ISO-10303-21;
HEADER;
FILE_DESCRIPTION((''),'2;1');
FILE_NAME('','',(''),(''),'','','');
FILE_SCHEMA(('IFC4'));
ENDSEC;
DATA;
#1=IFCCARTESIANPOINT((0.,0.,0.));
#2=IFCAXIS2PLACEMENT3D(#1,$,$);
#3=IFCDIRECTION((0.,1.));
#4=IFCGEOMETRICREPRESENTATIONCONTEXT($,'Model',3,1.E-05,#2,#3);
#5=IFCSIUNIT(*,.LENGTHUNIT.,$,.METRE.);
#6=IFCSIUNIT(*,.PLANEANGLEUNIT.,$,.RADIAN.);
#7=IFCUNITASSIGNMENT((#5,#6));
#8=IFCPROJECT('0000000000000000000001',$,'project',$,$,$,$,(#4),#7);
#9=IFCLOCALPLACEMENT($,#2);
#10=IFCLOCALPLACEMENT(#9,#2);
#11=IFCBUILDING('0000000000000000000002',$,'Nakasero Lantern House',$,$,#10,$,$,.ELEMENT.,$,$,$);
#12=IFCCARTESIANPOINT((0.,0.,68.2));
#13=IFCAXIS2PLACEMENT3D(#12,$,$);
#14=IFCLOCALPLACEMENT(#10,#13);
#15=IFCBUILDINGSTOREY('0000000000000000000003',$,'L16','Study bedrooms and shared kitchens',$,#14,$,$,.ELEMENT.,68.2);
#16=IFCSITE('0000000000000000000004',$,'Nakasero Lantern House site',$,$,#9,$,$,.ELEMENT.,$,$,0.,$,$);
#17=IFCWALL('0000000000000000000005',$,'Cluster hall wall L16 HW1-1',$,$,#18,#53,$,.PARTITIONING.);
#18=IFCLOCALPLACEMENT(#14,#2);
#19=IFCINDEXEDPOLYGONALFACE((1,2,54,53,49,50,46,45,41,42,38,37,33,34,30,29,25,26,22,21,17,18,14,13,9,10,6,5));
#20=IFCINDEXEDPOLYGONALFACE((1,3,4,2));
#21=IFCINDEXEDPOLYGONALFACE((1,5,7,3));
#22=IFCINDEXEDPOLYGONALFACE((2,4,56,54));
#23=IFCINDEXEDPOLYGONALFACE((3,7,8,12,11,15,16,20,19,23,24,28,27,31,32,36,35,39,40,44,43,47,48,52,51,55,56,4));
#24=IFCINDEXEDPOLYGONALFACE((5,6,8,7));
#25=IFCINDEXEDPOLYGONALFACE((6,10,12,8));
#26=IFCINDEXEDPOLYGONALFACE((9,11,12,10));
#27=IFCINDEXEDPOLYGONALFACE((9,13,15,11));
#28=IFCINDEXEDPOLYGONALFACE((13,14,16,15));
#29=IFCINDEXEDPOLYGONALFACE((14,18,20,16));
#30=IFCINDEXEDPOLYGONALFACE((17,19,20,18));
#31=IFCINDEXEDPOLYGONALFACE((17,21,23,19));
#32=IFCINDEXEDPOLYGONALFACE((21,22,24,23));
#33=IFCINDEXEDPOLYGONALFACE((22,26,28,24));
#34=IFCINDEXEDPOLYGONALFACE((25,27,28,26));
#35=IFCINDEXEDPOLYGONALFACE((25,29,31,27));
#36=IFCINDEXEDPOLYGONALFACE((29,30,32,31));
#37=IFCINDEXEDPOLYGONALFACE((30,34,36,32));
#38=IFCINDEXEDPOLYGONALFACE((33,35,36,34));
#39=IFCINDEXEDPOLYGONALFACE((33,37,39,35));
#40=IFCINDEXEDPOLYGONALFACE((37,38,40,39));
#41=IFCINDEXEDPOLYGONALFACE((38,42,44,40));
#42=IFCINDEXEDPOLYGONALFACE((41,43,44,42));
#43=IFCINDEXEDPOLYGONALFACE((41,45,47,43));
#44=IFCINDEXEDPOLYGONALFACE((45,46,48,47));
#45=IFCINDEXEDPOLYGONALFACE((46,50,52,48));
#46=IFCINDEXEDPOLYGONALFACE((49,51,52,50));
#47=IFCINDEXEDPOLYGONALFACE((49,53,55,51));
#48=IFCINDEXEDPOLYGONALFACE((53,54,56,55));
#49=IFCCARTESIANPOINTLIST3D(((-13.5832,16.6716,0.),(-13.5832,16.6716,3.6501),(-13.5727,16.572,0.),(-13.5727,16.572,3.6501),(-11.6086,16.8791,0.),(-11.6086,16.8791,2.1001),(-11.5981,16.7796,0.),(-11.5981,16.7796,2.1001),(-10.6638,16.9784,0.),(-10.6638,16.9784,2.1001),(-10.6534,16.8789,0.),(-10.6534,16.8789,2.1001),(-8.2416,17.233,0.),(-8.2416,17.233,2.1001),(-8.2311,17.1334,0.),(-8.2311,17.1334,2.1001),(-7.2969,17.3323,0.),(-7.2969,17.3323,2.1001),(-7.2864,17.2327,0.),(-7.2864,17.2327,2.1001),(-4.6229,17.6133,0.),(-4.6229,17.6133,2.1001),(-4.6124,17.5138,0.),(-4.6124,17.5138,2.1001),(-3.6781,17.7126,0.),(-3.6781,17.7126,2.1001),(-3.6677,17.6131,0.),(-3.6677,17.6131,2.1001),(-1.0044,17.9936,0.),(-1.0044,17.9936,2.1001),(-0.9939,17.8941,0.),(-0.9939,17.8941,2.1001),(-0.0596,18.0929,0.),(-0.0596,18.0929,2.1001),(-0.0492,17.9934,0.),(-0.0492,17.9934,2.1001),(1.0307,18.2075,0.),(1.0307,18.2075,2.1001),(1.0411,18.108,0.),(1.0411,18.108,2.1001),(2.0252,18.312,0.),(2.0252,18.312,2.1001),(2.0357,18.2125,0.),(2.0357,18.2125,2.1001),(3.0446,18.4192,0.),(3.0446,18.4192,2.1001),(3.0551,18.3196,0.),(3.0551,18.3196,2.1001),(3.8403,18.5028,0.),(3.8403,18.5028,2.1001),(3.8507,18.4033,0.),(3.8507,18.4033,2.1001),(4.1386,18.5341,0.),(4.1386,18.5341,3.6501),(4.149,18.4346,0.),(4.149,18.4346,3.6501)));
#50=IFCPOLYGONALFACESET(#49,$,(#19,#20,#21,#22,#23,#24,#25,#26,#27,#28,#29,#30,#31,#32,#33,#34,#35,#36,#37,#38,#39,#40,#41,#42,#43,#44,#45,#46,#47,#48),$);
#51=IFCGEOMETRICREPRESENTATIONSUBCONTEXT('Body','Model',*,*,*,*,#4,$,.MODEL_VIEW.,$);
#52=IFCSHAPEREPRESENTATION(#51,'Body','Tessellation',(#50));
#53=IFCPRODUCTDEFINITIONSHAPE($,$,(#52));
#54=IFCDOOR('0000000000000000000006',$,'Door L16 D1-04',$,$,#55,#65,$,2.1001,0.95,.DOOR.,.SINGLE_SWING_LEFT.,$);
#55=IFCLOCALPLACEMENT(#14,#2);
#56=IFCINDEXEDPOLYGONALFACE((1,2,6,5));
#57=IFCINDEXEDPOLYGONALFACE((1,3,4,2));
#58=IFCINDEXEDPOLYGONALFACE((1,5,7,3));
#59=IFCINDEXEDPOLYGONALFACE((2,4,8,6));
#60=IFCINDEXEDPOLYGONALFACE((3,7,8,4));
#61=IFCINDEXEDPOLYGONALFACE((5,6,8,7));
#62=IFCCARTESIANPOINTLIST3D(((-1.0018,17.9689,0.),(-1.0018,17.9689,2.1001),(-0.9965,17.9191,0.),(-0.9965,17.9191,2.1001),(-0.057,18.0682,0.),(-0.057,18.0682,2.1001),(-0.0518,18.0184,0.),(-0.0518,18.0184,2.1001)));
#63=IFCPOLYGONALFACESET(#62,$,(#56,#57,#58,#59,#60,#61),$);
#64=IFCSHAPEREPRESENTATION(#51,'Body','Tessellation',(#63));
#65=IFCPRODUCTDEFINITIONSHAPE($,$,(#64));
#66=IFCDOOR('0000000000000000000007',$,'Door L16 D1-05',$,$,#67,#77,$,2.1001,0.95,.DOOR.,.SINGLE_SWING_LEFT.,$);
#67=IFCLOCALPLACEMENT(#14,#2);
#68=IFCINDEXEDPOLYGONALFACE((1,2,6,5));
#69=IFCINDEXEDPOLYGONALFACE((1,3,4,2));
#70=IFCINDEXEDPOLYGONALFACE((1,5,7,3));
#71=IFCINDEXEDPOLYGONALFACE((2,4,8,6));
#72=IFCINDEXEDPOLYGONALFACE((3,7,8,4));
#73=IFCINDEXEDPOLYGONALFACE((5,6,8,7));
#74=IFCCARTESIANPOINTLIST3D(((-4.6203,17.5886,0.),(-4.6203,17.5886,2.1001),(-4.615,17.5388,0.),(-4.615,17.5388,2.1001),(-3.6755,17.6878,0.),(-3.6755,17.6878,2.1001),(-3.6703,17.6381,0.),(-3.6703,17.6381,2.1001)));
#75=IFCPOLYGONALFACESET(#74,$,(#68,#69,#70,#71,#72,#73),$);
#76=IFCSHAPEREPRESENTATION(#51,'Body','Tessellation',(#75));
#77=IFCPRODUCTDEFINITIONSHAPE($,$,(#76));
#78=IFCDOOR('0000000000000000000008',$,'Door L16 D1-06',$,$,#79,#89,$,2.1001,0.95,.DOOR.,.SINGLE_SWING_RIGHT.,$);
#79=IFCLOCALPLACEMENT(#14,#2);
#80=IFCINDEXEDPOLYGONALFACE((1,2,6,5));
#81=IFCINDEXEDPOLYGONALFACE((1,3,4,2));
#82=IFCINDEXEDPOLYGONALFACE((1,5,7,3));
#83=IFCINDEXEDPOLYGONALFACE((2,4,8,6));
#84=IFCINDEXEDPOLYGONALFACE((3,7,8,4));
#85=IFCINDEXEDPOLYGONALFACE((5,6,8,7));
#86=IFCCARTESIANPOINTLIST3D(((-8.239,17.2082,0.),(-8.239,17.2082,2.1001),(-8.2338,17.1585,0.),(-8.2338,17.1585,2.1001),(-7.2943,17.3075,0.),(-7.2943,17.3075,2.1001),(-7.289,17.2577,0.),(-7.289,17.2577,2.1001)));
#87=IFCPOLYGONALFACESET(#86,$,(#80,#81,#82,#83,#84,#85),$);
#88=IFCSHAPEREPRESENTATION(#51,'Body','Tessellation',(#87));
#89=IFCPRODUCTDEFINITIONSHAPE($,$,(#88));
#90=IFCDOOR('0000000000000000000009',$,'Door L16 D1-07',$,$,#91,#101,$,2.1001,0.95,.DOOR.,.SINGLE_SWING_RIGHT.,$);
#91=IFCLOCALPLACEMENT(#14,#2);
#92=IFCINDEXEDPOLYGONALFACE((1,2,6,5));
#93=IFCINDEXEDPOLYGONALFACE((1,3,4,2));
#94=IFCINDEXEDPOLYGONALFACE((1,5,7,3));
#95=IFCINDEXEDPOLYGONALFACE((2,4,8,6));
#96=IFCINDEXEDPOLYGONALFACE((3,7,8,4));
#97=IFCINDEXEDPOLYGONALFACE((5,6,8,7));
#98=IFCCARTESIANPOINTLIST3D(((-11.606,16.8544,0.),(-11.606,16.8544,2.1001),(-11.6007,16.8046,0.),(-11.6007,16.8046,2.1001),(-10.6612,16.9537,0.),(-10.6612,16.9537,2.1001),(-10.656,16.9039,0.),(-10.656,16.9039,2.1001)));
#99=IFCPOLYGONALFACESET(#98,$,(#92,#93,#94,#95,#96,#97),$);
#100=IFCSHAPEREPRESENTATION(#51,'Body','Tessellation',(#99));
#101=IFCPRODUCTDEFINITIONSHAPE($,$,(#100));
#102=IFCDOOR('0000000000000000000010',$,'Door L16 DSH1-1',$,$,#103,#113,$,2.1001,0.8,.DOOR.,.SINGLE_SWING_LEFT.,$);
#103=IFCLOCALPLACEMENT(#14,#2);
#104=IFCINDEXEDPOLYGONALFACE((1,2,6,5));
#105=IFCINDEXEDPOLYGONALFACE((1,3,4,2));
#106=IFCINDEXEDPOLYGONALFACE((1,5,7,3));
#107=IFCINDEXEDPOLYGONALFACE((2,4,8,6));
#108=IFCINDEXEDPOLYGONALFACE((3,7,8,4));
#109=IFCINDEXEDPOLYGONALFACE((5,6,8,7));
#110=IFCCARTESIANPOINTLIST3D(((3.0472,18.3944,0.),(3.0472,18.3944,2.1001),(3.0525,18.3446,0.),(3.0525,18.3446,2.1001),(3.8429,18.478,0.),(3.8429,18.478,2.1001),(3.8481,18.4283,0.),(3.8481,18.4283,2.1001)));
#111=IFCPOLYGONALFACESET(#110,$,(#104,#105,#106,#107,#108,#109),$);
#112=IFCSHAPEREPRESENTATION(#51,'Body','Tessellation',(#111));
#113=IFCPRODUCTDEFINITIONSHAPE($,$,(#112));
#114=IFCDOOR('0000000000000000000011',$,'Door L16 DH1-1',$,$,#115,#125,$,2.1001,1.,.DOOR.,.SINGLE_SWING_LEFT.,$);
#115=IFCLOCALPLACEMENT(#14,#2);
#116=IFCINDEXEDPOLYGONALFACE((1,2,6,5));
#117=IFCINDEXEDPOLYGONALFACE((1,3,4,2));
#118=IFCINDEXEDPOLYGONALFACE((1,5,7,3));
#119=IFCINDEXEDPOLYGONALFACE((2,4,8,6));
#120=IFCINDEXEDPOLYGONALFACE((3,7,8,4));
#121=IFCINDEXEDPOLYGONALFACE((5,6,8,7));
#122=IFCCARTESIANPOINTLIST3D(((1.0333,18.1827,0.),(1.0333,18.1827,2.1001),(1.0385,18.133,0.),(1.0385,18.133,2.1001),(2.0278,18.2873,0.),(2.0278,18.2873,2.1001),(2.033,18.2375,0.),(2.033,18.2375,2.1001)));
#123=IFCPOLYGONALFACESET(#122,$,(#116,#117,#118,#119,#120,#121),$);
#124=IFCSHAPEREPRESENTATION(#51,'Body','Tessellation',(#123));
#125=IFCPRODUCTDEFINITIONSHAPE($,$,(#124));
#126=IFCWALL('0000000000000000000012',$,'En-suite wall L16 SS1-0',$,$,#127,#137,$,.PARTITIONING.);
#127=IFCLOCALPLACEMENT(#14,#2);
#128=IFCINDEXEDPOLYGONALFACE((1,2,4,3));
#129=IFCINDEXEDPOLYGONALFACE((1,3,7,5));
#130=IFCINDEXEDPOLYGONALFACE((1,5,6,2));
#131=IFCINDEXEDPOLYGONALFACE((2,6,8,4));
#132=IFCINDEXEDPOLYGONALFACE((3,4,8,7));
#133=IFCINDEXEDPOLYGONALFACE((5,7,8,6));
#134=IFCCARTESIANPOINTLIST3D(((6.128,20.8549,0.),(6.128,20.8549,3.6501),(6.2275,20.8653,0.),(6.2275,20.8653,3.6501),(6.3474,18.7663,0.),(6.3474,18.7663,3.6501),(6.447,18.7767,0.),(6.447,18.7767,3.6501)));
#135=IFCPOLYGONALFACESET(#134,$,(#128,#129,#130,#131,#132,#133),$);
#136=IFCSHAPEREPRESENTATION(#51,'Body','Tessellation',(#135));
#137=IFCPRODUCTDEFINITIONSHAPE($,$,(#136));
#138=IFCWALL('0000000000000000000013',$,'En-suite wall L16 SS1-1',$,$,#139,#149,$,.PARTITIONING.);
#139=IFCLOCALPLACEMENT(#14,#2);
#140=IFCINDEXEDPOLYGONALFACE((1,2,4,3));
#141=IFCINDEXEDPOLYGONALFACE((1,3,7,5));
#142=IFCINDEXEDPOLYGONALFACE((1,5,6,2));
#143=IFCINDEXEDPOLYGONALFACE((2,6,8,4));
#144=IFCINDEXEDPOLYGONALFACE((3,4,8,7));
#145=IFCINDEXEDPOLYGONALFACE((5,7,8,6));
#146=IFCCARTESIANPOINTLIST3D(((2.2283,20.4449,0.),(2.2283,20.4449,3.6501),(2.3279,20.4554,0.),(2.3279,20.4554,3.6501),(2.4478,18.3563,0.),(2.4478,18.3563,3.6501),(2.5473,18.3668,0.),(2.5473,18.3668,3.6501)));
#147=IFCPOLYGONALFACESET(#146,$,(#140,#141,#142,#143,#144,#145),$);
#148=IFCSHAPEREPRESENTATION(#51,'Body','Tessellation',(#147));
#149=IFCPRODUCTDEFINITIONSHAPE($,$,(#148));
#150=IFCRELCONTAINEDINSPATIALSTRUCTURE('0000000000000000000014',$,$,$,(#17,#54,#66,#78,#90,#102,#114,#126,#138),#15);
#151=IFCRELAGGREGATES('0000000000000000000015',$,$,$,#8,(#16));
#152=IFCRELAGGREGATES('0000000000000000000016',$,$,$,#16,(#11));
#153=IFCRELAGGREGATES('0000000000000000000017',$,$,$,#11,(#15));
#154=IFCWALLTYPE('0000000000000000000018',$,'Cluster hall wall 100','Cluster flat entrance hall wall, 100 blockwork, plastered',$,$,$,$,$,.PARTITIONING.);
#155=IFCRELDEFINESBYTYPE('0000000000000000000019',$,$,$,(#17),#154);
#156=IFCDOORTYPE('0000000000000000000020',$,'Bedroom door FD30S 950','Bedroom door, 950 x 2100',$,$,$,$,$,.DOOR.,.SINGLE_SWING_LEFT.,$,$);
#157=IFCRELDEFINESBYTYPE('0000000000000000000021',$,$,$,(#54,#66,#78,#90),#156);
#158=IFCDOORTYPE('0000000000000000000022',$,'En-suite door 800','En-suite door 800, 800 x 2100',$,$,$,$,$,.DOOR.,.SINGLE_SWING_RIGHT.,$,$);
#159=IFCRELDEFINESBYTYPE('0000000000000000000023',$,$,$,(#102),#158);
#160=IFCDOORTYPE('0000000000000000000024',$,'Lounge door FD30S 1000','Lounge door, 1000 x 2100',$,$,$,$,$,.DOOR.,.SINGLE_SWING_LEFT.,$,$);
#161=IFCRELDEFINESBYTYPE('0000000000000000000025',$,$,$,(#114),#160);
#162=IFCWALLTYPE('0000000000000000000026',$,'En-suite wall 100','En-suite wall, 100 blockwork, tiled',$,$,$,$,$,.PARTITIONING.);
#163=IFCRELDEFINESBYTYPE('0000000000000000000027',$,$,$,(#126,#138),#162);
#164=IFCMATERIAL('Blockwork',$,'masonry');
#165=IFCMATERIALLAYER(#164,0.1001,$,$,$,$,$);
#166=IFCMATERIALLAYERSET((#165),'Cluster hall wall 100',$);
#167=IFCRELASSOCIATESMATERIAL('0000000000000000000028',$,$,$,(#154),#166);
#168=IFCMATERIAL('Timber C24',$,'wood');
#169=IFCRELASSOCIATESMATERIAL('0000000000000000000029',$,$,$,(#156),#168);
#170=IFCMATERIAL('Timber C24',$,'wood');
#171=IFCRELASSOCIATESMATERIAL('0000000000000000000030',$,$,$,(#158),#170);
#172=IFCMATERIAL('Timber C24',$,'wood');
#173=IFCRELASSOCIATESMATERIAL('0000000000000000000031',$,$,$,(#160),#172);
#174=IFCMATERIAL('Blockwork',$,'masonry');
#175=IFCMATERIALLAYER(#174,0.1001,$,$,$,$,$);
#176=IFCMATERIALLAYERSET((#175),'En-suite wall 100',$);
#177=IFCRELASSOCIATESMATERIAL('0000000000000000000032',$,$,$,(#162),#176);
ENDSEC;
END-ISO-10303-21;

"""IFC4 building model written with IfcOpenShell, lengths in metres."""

from ifc_helpers import new_model, si_unit, direction, frame, frame_2d, origin, place, context, subcontext, project, spatial, rectangle, extrude, material, layer, layer_set, type_object, element, fill, save


model = new_model("IFC4")

# Units and contexts
model_context = context("Model", 3, precision=1e-05, world=origin(), true_north=direction((0.0, 1.0)))
body_context = subcontext(model_context, "Body", "Model", "MODEL_VIEW")
ifc_project = project(units=[si_unit("LENGTHUNIT", "METRE"), si_unit("PLANEANGLEUNIT", "RADIAN")], contexts=[model_context])

# Site, building, storey
site_placement = place(None, origin())
site = spatial("IfcSite", under=ifc_project, at=site_placement, Name="Nakasero Lantern House site", CompositionType="ELEMENT", RefElevation=0.0)
building_placement = place(site_placement, origin())
building = spatial("IfcBuilding", under=site, at=building_placement, Name="Nakasero Lantern House", CompositionType="ELEMENT")
storey_placement = place(building_placement, frame((0.0, 0.0, 68.2)))
storey = spatial("IfcBuildingStorey", under=building, at=storey_placement, Name="L16", Description="Study bedrooms and shared kitchens", CompositionType="ELEMENT", Elevation=68.2)

# Wall, openings, doors
ifc_material_1 = material(Name="Blockwork", Category="masonry")
ifc_layer_1 = layer(ifc_material_1, 0.1001)
ifc_layer_set_1 = layer_set([ifc_layer_1], Name="Cluster hall wall 100")
wall_type_1 = type_object("IfcWallType", Name="Cluster hall wall 100", Description="Cluster flat entrance hall wall, 100 blockwork, plastered", PredefinedType="PARTITIONING", material=ifc_layer_set_1)
wall_1_placement = place(storey_placement, frame((4.1438, 18.4844, 0.0), z_axis=(0.0, 0.0, 1.0), x_axis=(-0.994522, -0.104524, 0.0)))
wall_1 = element("IfcWall", 1, at=wall_1_placement, inside=storey, type_object=wall_type_1, Name="Cluster hall wall L16 HW1-1", PredefinedType="PARTITIONING", context=body_context, shape_type="SweptSolid", body=[
    extrude(rectangle(XDim=17.8193, YDim=0.1001, at=frame_2d((8.9097, 0.0))), origin(), (0.0, 0.0, 1.0), 3.6501),
])
opening_1_placement = place(wall_1_placement, frame((2.125, 0.0, 0.0)))
opening_1 = element("IfcOpeningElement", 2, at=opening_1_placement, cuts=wall_1, PredefinedType="OPENING", context=body_context, shape_type="SweptSolid", body=[
    extrude(rectangle(XDim=1.0, YDim=2.1001, at=frame_2d((0.5, 1.05))), frame((0.0, 0.0701, 0.0), z_axis=(0.0, -1.0, 0.0), x_axis=(1.0, 0.0, 0.0)), (0.0, 0.0, 1.0), 0.1401),
])
opening_2_placement = place(wall_1_placement, frame((0.3, 0.0, 0.0)))
opening_2 = element("IfcOpeningElement", 3, at=opening_2_placement, cuts=wall_1, PredefinedType="OPENING", context=body_context, shape_type="SweptSolid", body=[
    extrude(rectangle(XDim=0.8, YDim=2.1001, at=frame_2d((0.3999, 1.05))), frame((0.0, 0.0701, 0.0), z_axis=(0.0, -1.0, 0.0), x_axis=(1.0, 0.0, 0.0)), (0.0, 0.0, 1.0), 0.1401),
])
opening_3_placement = place(wall_1_placement, frame((4.2212, 0.0, 0.0)))
opening_3 = element("IfcOpeningElement", 4, at=opening_3_placement, cuts=wall_1, PredefinedType="OPENING", context=body_context, shape_type="SweptSolid", body=[
    extrude(rectangle(XDim=0.95, YDim=2.1001, at=frame_2d((0.4751, 1.05))), frame((0.0, 0.0701, 0.0), z_axis=(0.0, -1.0, 0.0), x_axis=(1.0, 0.0, 0.0)), (0.0, 0.0, 1.0), 0.1401),
])
opening_4_placement = place(wall_1_placement, frame((7.8596, 0.0, 0.0)))
opening_4 = element("IfcOpeningElement", 5, at=opening_4_placement, cuts=wall_1, PredefinedType="OPENING", context=body_context, shape_type="SweptSolid", body=[
    extrude(rectangle(XDim=0.95, YDim=2.1001, at=frame_2d((0.4751, 1.05))), frame((0.0, 0.0701, 0.0), z_axis=(0.0, -1.0, 0.0), x_axis=(1.0, 0.0, 0.0)), (0.0, 0.0, 1.0), 0.1401),
])
opening_5_placement = place(wall_1_placement, frame((11.4983, 0.0, 0.0)))
opening_5 = element("IfcOpeningElement", 6, at=opening_5_placement, cuts=wall_1, PredefinedType="OPENING", context=body_context, shape_type="SweptSolid", body=[
    extrude(rectangle(XDim=0.95, YDim=2.1001, at=frame_2d((0.4751, 1.05))), frame((0.0, 0.0701, 0.0), z_axis=(0.0, -1.0, 0.0), x_axis=(1.0, 0.0, 0.0)), (0.0, 0.0, 1.0), 0.1401),
])
opening_6_placement = place(wall_1_placement, frame((14.8838, 0.0, 0.0)))
opening_6 = element("IfcOpeningElement", 7, at=opening_6_placement, cuts=wall_1, PredefinedType="OPENING", context=body_context, shape_type="SweptSolid", body=[
    extrude(rectangle(XDim=0.95, YDim=2.1001, at=frame_2d((0.4751, 1.05))), frame((0.0, 0.0701, 0.0), z_axis=(0.0, -1.0, 0.0), x_axis=(1.0, 0.0, 0.0)), (0.0, 0.0, 1.0), 0.1401),
])
ifc_material_2 = material(Name="Timber C24", Category="wood")
door_type_1 = type_object("IfcDoorType", Name="Bedroom door FD30S 950", Description="Bedroom door, 950 x 2100", OperationType="SINGLE_SWING_LEFT", PredefinedType="DOOR", material=ifc_material_2)
door_1_placement = place(opening_3_placement, origin())
door_1 = element("IfcDoor", 8, at=door_1_placement, inside=storey, type_object=door_type_1, Name="Door L16 D1-04", OperationType="SINGLE_SWING_LEFT", OverallHeight=2.1001, OverallWidth=0.95, PredefinedType="DOOR", context=body_context, shape_type="SweptSolid", body=[
    extrude(rectangle(XDim=0.95, YDim=2.1001, at=frame_2d((0.4751, 1.05))), frame((0.0, 0.0249, 0.0), z_axis=(0.0, -1.0, 0.0), x_axis=(1.0, 0.0, 0.0)), (0.0, 0.0, 1.0), 0.05),
])
fill(opening_3, door_1)
door_2_placement = place(opening_4_placement, origin())
door_2 = element("IfcDoor", 9, at=door_2_placement, inside=storey, type_object=door_type_1, Name="Door L16 D1-05", OperationType="SINGLE_SWING_LEFT", OverallHeight=2.1001, OverallWidth=0.95, PredefinedType="DOOR", context=body_context, shape_type="SweptSolid", body=[
    extrude(rectangle(XDim=0.95, YDim=2.1001, at=frame_2d((0.4751, 1.05))), frame((0.0, 0.0249, 0.0), z_axis=(0.0, -1.0, 0.0), x_axis=(1.0, 0.0, 0.0)), (0.0, 0.0, 1.0), 0.05),
])
fill(opening_4, door_2)
door_3_placement = place(opening_5_placement, origin())
door_3 = element("IfcDoor", 10, at=door_3_placement, inside=storey, type_object=door_type_1, Name="Door L16 D1-06", OperationType="SINGLE_SWING_RIGHT", OverallHeight=2.1001, OverallWidth=0.95, PredefinedType="DOOR", context=body_context, shape_type="SweptSolid", body=[
    extrude(rectangle(XDim=0.95, YDim=2.1001, at=frame_2d((0.4751, 1.05))), frame((0.0, 0.0249, 0.0), z_axis=(0.0, -1.0, 0.0), x_axis=(1.0, 0.0, 0.0)), (0.0, 0.0, 1.0), 0.05),
])
fill(opening_5, door_3)
door_4_placement = place(opening_6_placement, origin())
door_4 = element("IfcDoor", 11, at=door_4_placement, inside=storey, type_object=door_type_1, Name="Door L16 D1-07", OperationType="SINGLE_SWING_RIGHT", OverallHeight=2.1001, OverallWidth=0.95, PredefinedType="DOOR", context=body_context, shape_type="SweptSolid", body=[
    extrude(rectangle(XDim=0.95, YDim=2.1001, at=frame_2d((0.4751, 1.05))), frame((0.0, 0.0249, 0.0), z_axis=(0.0, -1.0, 0.0), x_axis=(1.0, 0.0, 0.0)), (0.0, 0.0, 1.0), 0.05),
])
fill(opening_6, door_4)
ifc_material_3 = material(Name="Timber C24", Category="wood")
door_type_2 = type_object("IfcDoorType", Name="En-suite door 800", Description="En-suite door 800, 800 x 2100", OperationType="SINGLE_SWING_RIGHT", PredefinedType="DOOR", material=ifc_material_3)
door_5_placement = place(opening_2_placement, origin())
door_5 = element("IfcDoor", 12, at=door_5_placement, inside=storey, type_object=door_type_2, Name="Door L16 DSH1-1", OperationType="SINGLE_SWING_LEFT", OverallHeight=2.1001, OverallWidth=0.8, PredefinedType="DOOR", context=body_context, shape_type="SweptSolid", body=[
    extrude(rectangle(XDim=0.8, YDim=2.1001, at=frame_2d((0.3999, 1.05))), frame((0.0, 0.0249, 0.0), z_axis=(0.0, -1.0, 0.0), x_axis=(1.0, 0.0, 0.0)), (0.0, 0.0, 1.0), 0.05),
])
fill(opening_2, door_5)
ifc_material_4 = material(Name="Timber C24", Category="wood")
door_type_3 = type_object("IfcDoorType", Name="Lounge door FD30S 1000", Description="Lounge door, 1000 x 2100", OperationType="SINGLE_SWING_LEFT", PredefinedType="DOOR", material=ifc_material_4)
door_6_placement = place(opening_1_placement, origin())
door_6 = element("IfcDoor", 13, at=door_6_placement, inside=storey, type_object=door_type_3, Name="Door L16 DH1-1", OperationType="SINGLE_SWING_LEFT", OverallHeight=2.1001, OverallWidth=1.0, PredefinedType="DOOR", context=body_context, shape_type="SweptSolid", body=[
    extrude(rectangle(XDim=1.0, YDim=2.1001, at=frame_2d((0.5, 1.05))), frame((0.0, 0.0249, 0.0), z_axis=(0.0, -1.0, 0.0), x_axis=(1.0, 0.0, 0.0)), (0.0, 0.0, 1.0), 0.05),
])
fill(opening_1, door_6)

# Walls
ifc_material_5 = material(Name="Blockwork", Category="masonry")
ifc_layer_2 = layer(ifc_material_5, 0.1001)
ifc_layer_set_2 = layer_set([ifc_layer_2], Name="En-suite wall 100")
wall_type_2 = type_object("IfcWallType", Name="En-suite wall 100", Description="En-suite wall, 100 blockwork, tiled", PredefinedType="PARTITIONING", material=ifc_layer_set_2)
for number, where, z_axis, x_axis, name in (
    (14, (6.3972, 18.7715, 0.0), (0.0, 0.0, 1.0), (-0.104509, 0.994524, 0.0), "En-suite wall L16 SS1-0"),
    (15, (2.4976, 18.3616, 0.0), (0.0, 0.0, 1.0), (-0.104509, 0.994524, 0.0), "En-suite wall L16 SS1-1"),
):
    element("IfcWall", number, at=place(storey_placement, frame(where, z_axis=z_axis, x_axis=x_axis)), inside=storey, type_object=wall_type_2, Name=name, PredefinedType="PARTITIONING", context=body_context, shape_type="SweptSolid", body=[
        extrude(rectangle(XDim=2.1001, YDim=0.1001, at=frame_2d((1.05, 0.0))), origin(), (0.0, 0.0, 1.0), 3.6501),
    ])

save(model, "model.ifc")
